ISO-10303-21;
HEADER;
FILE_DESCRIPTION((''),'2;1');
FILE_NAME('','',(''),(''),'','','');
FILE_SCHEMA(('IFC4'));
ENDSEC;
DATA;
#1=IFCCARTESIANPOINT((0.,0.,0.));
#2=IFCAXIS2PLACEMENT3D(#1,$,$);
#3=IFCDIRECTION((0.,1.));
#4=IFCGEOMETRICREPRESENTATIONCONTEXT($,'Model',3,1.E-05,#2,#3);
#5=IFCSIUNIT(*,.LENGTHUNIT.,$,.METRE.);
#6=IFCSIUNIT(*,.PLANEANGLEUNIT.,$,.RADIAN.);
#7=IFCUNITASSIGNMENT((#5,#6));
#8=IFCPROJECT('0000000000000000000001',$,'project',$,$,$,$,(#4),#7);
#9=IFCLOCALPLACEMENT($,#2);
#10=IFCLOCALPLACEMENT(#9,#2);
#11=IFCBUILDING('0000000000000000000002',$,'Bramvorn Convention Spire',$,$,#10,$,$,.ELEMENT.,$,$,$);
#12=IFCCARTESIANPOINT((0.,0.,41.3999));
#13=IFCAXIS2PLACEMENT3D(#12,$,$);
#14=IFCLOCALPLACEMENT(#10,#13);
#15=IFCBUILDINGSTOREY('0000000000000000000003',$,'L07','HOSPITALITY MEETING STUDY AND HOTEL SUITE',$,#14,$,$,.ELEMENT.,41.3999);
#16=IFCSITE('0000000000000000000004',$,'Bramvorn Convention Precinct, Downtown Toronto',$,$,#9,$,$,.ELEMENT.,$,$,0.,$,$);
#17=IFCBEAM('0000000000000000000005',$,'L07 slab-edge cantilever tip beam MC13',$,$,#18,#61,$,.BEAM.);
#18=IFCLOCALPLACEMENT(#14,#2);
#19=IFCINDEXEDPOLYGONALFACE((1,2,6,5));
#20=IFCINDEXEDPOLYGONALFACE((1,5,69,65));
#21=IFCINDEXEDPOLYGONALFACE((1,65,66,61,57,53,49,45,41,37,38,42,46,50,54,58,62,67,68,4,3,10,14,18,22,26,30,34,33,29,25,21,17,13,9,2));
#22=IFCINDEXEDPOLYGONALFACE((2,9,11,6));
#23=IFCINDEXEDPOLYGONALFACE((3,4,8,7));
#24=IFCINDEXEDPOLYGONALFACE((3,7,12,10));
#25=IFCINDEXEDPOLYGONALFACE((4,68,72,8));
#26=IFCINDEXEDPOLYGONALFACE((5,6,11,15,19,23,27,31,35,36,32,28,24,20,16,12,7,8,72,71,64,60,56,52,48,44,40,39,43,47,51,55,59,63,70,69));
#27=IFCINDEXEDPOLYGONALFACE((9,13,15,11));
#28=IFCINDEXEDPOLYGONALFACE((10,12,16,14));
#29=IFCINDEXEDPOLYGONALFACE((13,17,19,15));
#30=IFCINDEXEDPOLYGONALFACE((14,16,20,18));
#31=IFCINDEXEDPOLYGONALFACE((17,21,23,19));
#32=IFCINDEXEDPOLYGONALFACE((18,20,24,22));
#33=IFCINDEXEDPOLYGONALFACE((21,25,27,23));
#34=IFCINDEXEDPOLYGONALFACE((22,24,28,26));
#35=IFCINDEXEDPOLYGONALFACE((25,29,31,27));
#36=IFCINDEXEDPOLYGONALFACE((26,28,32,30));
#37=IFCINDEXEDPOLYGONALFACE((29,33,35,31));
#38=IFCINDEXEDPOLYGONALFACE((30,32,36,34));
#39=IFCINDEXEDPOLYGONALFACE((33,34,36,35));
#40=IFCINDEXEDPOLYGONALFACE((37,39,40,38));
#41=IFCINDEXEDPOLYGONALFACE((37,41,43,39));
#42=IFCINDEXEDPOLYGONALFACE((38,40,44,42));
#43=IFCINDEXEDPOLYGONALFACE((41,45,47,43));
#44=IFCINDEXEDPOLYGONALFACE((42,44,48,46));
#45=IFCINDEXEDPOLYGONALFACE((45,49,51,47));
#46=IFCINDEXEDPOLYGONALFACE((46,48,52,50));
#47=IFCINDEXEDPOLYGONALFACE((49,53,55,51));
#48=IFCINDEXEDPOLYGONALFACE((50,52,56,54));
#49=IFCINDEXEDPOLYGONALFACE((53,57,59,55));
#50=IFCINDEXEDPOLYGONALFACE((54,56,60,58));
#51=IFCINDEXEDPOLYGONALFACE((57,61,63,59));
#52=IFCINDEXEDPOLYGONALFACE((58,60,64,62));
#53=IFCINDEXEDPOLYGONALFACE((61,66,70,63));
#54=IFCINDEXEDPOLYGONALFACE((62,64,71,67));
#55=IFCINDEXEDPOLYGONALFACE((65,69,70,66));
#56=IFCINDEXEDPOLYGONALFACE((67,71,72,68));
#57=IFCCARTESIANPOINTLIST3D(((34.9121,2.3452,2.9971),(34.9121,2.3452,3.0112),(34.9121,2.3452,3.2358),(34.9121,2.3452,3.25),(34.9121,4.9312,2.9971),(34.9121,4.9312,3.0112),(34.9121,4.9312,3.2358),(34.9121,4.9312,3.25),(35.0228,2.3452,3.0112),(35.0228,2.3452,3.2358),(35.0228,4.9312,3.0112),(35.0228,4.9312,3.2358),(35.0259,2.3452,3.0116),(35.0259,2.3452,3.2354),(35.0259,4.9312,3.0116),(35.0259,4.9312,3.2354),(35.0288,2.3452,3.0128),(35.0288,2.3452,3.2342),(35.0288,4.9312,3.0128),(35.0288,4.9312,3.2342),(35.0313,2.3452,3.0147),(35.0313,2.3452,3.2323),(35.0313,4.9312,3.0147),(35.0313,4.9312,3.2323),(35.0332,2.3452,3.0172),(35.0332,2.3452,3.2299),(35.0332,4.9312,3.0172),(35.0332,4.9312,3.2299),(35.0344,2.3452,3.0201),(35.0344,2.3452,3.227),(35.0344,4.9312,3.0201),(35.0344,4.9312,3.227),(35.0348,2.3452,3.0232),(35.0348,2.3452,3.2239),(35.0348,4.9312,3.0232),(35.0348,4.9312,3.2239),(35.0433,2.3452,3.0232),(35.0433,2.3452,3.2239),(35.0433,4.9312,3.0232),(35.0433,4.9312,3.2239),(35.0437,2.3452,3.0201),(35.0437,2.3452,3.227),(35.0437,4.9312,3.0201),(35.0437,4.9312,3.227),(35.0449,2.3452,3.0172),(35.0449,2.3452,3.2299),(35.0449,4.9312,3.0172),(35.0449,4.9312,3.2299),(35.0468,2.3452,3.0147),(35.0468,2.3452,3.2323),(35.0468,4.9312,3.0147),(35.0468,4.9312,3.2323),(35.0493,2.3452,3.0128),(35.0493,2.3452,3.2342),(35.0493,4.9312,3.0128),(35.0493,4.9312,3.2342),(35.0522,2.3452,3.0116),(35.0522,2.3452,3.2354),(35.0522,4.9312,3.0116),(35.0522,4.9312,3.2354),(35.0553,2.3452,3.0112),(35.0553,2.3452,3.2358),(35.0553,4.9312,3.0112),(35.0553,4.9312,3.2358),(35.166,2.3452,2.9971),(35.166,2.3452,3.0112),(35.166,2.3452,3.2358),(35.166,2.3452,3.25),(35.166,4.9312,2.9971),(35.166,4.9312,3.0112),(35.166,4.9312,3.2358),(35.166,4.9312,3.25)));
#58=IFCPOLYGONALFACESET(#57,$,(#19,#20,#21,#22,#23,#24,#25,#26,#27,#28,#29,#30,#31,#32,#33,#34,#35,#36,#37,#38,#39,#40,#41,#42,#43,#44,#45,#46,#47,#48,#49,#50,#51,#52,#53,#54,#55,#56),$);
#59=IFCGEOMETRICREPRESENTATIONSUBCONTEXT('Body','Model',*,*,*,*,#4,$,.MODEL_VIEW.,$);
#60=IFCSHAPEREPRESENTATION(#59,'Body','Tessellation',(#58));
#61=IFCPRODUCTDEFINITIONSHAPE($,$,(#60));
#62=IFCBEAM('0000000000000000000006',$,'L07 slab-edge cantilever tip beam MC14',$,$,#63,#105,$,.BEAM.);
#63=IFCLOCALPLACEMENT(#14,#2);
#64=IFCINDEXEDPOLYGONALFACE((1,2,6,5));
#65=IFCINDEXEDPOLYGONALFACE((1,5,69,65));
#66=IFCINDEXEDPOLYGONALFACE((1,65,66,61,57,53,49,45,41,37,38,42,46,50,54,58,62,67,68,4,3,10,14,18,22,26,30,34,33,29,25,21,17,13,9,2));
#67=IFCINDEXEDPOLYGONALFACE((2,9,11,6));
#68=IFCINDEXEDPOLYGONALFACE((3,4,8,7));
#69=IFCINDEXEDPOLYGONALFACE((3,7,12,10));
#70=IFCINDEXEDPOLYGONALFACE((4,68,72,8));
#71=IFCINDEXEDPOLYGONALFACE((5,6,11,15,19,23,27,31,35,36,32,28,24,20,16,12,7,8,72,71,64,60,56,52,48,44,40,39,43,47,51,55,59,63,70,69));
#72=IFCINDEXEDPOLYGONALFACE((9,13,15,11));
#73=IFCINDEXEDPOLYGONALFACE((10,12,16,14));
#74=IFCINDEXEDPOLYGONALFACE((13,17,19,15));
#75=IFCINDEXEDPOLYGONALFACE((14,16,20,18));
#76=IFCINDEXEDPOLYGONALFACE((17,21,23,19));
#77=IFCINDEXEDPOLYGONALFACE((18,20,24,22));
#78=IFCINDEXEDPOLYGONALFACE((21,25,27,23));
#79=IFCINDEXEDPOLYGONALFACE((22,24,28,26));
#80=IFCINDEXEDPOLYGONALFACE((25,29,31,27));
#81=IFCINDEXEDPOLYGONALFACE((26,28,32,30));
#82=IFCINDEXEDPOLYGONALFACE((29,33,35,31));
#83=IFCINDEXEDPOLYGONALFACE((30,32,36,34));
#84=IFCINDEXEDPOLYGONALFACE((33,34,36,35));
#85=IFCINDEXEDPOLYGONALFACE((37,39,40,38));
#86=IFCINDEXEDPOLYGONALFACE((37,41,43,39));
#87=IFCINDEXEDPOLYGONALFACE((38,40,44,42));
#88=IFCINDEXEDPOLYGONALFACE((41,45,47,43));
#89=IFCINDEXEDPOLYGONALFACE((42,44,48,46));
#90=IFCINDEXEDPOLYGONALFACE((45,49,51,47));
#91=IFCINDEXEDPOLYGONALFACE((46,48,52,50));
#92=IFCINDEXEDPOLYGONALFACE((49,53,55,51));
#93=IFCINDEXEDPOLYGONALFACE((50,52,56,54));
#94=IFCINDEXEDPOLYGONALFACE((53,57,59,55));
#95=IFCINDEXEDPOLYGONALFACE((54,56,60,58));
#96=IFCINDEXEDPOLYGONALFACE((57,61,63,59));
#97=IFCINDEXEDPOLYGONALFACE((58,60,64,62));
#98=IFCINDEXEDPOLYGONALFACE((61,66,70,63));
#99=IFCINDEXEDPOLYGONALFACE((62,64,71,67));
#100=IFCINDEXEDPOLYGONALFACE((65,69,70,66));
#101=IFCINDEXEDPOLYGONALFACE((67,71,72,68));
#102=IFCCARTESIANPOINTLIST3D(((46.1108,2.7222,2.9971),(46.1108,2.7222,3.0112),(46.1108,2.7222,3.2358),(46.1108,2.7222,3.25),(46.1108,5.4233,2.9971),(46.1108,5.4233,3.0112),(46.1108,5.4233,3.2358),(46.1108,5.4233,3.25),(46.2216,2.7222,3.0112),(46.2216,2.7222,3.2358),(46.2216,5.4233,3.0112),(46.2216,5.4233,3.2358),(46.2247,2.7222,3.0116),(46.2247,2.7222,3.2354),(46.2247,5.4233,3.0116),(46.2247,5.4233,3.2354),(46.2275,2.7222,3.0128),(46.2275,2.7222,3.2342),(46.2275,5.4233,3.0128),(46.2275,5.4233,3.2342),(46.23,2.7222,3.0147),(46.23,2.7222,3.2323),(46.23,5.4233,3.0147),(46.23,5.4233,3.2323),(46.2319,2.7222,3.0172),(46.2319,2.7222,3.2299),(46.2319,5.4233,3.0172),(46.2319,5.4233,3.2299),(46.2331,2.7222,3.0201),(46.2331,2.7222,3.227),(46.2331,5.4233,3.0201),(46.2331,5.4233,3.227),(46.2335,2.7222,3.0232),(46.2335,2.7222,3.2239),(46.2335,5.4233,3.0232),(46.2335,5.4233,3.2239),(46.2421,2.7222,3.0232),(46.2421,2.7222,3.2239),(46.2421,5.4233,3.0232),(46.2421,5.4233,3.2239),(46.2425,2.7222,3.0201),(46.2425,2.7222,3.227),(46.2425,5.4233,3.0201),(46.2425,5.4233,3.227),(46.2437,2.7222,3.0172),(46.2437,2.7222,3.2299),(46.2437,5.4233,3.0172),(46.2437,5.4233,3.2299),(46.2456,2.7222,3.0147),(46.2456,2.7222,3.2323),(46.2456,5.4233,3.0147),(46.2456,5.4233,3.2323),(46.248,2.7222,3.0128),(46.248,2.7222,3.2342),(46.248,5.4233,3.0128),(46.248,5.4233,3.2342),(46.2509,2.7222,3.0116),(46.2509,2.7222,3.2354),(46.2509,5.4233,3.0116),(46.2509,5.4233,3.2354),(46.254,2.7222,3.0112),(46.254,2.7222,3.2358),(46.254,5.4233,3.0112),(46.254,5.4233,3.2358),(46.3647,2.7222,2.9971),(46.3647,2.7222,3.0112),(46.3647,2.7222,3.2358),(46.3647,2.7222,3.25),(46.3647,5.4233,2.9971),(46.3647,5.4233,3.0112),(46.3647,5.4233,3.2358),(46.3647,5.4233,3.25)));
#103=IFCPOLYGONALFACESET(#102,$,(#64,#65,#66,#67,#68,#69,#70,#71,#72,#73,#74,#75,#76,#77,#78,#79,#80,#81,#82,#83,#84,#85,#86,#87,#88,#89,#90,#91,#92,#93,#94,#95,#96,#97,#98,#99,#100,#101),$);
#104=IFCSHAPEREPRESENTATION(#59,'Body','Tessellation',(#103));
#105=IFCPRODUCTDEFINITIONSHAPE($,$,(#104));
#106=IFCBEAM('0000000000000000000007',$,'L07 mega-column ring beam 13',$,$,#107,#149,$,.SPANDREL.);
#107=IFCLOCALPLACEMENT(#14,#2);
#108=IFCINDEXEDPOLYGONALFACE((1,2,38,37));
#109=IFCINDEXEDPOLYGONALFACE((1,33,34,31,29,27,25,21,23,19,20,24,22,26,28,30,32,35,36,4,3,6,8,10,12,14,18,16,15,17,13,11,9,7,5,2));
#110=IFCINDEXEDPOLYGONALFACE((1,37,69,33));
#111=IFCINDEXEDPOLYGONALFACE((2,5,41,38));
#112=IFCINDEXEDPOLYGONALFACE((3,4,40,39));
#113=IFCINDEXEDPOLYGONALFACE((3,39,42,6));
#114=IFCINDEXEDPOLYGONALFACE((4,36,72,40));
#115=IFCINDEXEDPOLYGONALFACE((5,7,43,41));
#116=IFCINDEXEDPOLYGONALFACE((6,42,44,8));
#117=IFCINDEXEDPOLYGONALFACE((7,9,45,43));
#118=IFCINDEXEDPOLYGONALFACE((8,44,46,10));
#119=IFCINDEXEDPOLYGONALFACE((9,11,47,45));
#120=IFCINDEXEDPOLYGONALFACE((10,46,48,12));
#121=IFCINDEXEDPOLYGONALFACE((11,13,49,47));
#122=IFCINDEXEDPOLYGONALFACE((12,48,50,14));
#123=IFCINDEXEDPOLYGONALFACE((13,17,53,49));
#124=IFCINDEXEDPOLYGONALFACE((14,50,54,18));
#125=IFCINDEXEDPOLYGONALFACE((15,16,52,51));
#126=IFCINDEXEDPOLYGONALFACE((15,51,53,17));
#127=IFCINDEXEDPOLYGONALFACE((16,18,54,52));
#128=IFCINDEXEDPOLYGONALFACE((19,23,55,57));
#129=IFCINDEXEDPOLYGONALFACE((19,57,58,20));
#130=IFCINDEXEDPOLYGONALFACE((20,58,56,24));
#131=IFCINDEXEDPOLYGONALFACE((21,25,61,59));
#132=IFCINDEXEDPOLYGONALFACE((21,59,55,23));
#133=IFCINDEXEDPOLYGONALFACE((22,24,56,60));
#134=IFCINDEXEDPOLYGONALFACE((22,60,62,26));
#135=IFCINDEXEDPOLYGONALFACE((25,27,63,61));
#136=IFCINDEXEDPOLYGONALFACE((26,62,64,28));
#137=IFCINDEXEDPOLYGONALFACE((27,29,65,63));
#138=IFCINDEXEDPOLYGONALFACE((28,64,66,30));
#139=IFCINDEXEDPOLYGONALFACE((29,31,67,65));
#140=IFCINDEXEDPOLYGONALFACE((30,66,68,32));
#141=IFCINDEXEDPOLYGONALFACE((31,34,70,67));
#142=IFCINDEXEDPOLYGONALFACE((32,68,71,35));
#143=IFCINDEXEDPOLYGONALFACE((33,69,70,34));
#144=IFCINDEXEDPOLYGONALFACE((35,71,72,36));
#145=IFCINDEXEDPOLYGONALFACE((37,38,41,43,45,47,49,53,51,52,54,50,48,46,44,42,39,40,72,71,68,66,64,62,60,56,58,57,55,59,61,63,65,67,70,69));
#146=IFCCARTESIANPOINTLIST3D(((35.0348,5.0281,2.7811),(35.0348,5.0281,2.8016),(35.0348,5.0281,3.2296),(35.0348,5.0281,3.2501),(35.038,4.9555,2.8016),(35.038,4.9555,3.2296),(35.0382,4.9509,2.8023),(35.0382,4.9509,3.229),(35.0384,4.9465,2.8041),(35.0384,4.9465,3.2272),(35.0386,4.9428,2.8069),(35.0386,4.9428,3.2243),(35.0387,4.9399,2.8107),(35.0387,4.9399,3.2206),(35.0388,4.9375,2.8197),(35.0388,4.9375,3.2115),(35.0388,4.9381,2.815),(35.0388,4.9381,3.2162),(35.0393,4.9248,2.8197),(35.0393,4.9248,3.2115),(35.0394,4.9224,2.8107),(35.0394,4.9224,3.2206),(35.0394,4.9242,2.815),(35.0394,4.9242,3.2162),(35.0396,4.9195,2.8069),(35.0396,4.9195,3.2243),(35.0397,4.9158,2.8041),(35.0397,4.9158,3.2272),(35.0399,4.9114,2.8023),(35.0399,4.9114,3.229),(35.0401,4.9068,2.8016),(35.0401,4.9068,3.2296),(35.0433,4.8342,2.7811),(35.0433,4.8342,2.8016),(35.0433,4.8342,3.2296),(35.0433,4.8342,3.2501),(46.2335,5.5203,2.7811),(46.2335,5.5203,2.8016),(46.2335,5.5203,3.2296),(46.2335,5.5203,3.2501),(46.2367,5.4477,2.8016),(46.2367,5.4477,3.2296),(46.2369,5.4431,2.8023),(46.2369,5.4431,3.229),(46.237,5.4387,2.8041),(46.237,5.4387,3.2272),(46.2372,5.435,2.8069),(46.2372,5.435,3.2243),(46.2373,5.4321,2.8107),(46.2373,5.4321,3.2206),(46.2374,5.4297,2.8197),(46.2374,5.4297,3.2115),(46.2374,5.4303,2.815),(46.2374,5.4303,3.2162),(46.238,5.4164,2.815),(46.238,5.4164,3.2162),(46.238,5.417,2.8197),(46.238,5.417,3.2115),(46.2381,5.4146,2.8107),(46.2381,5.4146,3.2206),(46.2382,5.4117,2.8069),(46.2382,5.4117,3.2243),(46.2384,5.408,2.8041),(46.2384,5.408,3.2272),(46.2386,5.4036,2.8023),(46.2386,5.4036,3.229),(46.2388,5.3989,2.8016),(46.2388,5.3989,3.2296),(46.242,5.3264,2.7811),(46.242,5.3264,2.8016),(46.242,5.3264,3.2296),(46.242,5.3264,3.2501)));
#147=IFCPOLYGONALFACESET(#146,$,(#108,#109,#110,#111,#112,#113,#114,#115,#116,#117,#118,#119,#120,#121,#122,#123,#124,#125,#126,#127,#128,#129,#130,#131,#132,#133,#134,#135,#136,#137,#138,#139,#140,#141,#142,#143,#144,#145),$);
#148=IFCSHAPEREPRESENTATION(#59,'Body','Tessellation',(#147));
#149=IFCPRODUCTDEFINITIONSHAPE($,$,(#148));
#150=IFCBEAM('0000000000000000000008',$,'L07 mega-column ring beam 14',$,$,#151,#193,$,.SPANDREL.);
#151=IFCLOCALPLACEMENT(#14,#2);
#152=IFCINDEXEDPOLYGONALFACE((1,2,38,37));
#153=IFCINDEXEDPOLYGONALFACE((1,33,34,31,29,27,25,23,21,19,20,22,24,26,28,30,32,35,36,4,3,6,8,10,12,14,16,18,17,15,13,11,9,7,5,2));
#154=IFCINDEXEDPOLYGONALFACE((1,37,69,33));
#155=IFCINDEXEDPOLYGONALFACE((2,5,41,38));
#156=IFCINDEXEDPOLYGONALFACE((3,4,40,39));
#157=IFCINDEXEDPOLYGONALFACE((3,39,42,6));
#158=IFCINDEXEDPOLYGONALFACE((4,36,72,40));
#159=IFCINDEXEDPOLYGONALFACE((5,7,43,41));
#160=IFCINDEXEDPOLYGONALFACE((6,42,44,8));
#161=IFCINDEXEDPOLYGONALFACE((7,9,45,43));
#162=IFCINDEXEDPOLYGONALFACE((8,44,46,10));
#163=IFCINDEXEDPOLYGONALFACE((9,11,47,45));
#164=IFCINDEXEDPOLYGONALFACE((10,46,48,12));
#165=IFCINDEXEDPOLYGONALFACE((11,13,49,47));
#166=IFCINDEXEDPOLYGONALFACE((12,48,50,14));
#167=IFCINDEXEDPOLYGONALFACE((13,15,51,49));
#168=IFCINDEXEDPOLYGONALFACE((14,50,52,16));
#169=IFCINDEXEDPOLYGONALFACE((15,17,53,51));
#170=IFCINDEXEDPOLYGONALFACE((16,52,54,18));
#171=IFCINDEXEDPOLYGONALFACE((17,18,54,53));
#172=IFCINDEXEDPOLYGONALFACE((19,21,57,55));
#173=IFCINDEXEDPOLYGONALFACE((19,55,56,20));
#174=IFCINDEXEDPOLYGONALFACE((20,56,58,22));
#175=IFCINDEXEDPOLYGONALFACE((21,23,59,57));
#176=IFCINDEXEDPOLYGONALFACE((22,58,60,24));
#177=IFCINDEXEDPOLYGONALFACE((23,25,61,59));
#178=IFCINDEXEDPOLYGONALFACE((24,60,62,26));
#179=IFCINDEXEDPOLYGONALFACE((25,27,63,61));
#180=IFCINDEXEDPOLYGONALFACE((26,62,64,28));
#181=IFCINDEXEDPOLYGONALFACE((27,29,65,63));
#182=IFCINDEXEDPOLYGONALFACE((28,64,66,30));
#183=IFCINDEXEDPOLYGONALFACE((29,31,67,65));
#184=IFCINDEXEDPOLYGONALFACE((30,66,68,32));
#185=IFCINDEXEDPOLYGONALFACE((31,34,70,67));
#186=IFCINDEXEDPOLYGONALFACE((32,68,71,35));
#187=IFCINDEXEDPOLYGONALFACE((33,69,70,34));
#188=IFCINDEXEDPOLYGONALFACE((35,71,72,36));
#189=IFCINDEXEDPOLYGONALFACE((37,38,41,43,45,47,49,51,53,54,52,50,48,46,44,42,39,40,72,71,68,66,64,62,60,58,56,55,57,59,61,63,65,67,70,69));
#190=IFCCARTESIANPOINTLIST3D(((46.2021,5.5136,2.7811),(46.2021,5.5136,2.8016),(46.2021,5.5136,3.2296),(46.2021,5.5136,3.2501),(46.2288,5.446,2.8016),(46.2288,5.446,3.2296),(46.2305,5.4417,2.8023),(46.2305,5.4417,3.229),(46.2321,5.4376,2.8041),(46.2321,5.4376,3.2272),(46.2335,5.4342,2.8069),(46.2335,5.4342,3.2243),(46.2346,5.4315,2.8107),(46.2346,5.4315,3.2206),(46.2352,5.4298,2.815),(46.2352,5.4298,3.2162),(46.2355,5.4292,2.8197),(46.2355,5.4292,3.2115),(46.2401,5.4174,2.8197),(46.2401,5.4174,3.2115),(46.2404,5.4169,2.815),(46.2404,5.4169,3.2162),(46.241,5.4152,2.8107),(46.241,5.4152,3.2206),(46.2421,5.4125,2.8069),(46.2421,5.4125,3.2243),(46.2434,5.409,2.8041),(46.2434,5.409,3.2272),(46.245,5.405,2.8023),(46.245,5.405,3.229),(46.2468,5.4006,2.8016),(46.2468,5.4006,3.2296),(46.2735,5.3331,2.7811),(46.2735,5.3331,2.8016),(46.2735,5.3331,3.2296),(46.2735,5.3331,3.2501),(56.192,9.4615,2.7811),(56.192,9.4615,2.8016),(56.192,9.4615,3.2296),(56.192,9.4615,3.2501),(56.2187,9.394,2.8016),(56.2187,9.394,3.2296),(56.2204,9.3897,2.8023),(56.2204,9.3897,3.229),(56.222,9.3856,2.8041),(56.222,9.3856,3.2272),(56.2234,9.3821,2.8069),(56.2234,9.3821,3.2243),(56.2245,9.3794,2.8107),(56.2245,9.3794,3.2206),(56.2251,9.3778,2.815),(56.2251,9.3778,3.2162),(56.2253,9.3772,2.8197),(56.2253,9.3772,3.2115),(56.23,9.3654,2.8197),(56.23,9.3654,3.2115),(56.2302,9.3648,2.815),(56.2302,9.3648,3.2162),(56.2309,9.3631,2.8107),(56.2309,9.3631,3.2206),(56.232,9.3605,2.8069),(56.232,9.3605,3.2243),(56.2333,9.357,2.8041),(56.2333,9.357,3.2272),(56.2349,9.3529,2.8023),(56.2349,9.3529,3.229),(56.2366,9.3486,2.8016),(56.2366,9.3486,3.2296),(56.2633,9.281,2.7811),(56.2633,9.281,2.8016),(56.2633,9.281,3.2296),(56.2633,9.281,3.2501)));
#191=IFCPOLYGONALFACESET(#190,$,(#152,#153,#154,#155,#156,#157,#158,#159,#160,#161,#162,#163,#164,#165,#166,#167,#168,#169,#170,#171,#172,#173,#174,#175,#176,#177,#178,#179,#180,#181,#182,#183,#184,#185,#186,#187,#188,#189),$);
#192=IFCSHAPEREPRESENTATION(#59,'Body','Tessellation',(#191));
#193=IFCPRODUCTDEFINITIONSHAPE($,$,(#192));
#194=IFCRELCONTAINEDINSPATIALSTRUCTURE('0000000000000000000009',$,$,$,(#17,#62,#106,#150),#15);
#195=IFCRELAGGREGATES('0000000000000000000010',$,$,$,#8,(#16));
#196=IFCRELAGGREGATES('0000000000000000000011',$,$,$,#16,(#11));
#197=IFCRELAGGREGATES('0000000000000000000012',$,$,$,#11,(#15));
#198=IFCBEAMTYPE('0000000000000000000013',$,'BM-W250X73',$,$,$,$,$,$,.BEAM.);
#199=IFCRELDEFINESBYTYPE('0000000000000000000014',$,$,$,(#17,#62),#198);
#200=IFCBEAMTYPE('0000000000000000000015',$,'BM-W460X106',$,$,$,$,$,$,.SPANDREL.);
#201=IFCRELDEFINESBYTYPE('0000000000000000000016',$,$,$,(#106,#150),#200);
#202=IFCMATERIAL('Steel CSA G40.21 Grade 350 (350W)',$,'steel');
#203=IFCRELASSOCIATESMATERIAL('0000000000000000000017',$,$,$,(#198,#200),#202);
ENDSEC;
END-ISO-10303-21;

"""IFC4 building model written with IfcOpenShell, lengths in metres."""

from ifc_helpers import new_model, si_unit, direction, frame, origin, origin_2d, place, context, subcontext, project, spatial, i_section, extrude, material, material_profile, profile_set, type_object, element, save


model = new_model("IFC4")

# Units and contexts
model_context = context("Model", 3, precision=1e-05, world=origin(), true_north=direction((0.0, 1.0)))
body_context = subcontext(model_context, "Body", "Model", "MODEL_VIEW")
ifc_project = project(units=[si_unit("LENGTHUNIT", "METRE"), si_unit("PLANEANGLEUNIT", "RADIAN")], contexts=[model_context])

# Site, building, storey
site_placement = place(None, origin())
site = spatial("IfcSite", under=ifc_project, at=site_placement, Name="Bramvorn Convention Precinct, Downtown Toronto", CompositionType="ELEMENT", RefElevation=0.0)
building_placement = place(site_placement, origin())
building = spatial("IfcBuilding", under=site, at=building_placement, Name="Bramvorn Convention Spire", CompositionType="ELEMENT")
storey_placement = place(building_placement, frame((0.0, 0.0, 41.3999)))
storey = spatial("IfcBuildingStorey", under=building, at=storey_placement, Name="L07", Description="HOSPITALITY MEETING STUDY AND HOTEL SUITE", CompositionType="ELEMENT", Elevation=41.3999)

# Shared definitions
ifc_material_1 = material(Name="Steel CSA G40.21 Grade 350 (350W)", Category="steel")

# Beams
ifc_material_profile_1 = material_profile(ifc_material_1, i_section(OverallWidth=0.2539, OverallDepth=0.2529, WebThickness=0.0085, FlangeThickness=0.0142, FilletRadius=0.012, at=origin_2d()))
ifc_profile_set_1 = profile_set([ifc_material_profile_1], Name="Steel CSA G40.21 Grade 350 (350W) - W250X73")
beam_type_1 = type_object("IfcBeamType", Name="BM-W250X73", PredefinedType="BEAM", material=ifc_profile_set_1)
beam_1_placement = place(storey_placement, frame((35.0391, 4.9312, 3.1235), z_axis=(0.0, -1.0, 0.0), x_axis=(1.0, 0.0, 0.0)))
element("IfcBeam", 1, at=beam_1_placement, inside=storey, type_object=beam_type_1, Name="L07 slab-edge cantilever tip beam MC13", PredefinedType="BEAM", context=body_context, shape_type="SweptSolid", body=[
    extrude(i_section(OverallWidth=0.2539, OverallDepth=0.2529, WebThickness=0.0085, FlangeThickness=0.0142, FilletRadius=0.012, at=origin_2d()), origin(), (0.0, 0.0, 1.0), 2.5859),
])
beam_2_placement = place(storey_placement, frame((46.2378, 5.4233, 3.1235), z_axis=(0.0, -1.0, 0.0), x_axis=(1.0, 0.0, 0.0)))
element("IfcBeam", 2, at=beam_2_placement, inside=storey, type_object=beam_type_1, Name="L07 slab-edge cantilever tip beam MC14", PredefinedType="BEAM", context=body_context, shape_type="SweptSolid", body=[
    extrude(i_section(OverallWidth=0.2539, OverallDepth=0.2529, WebThickness=0.0085, FlangeThickness=0.0142, FilletRadius=0.012, at=origin_2d()), origin(), (0.0, 0.0, 1.0), 2.7012),
])
ifc_material_profile_2 = material_profile(ifc_material_1, i_section(OverallWidth=0.1941, OverallDepth=0.469, WebThickness=0.0127, FlangeThickness=0.0205, FilletRadius=0.0181, at=origin_2d()))
ifc_profile_set_2 = profile_set([ifc_material_profile_2], Name="Steel CSA G40.21 Grade 350 (350W) - W460X106")
beam_type_2 = type_object("IfcBeamType", Name="BM-W460X106", PredefinedType="SPANDREL", material=ifc_profile_set_2)
beam_3_placement = place(storey_placement, frame((35.0391, 4.9312, 3.0156), z_axis=(0.999036, 0.043908, 0.0), x_axis=(-0.043908, 0.999036, 0.0)))
element("IfcBeam", 3, at=beam_3_placement, inside=storey, type_object=beam_type_2, Name="L07 mega-column ring beam 13", PredefinedType="SPANDREL", context=body_context, shape_type="SweptSolid", body=[
    extrude(i_section(OverallWidth=0.1941, OverallDepth=0.469, WebThickness=0.0127, FlangeThickness=0.0205, FilletRadius=0.0181, at=origin_2d()), origin(), (0.0, 0.0, 1.0), 11.2095),
])
beam_4_placement = place(storey_placement, frame((46.2378, 5.4233, 3.0156), z_axis=(0.93001, 0.367535, 0.0), x_axis=(-0.367535, 0.93001, 0.0)))
element("IfcBeam", 4, at=beam_4_placement, inside=storey, type_object=beam_type_2, Name="L07 mega-column ring beam 14", PredefinedType="SPANDREL", context=body_context, shape_type="SweptSolid", body=[
    extrude(i_section(OverallWidth=0.1941, OverallDepth=0.469, WebThickness=0.0127, FlangeThickness=0.0205, FilletRadius=0.0181, at=origin_2d()), origin(), (0.0, 0.0, 1.0), 10.7417),
])

save(model, "model.ifc")
